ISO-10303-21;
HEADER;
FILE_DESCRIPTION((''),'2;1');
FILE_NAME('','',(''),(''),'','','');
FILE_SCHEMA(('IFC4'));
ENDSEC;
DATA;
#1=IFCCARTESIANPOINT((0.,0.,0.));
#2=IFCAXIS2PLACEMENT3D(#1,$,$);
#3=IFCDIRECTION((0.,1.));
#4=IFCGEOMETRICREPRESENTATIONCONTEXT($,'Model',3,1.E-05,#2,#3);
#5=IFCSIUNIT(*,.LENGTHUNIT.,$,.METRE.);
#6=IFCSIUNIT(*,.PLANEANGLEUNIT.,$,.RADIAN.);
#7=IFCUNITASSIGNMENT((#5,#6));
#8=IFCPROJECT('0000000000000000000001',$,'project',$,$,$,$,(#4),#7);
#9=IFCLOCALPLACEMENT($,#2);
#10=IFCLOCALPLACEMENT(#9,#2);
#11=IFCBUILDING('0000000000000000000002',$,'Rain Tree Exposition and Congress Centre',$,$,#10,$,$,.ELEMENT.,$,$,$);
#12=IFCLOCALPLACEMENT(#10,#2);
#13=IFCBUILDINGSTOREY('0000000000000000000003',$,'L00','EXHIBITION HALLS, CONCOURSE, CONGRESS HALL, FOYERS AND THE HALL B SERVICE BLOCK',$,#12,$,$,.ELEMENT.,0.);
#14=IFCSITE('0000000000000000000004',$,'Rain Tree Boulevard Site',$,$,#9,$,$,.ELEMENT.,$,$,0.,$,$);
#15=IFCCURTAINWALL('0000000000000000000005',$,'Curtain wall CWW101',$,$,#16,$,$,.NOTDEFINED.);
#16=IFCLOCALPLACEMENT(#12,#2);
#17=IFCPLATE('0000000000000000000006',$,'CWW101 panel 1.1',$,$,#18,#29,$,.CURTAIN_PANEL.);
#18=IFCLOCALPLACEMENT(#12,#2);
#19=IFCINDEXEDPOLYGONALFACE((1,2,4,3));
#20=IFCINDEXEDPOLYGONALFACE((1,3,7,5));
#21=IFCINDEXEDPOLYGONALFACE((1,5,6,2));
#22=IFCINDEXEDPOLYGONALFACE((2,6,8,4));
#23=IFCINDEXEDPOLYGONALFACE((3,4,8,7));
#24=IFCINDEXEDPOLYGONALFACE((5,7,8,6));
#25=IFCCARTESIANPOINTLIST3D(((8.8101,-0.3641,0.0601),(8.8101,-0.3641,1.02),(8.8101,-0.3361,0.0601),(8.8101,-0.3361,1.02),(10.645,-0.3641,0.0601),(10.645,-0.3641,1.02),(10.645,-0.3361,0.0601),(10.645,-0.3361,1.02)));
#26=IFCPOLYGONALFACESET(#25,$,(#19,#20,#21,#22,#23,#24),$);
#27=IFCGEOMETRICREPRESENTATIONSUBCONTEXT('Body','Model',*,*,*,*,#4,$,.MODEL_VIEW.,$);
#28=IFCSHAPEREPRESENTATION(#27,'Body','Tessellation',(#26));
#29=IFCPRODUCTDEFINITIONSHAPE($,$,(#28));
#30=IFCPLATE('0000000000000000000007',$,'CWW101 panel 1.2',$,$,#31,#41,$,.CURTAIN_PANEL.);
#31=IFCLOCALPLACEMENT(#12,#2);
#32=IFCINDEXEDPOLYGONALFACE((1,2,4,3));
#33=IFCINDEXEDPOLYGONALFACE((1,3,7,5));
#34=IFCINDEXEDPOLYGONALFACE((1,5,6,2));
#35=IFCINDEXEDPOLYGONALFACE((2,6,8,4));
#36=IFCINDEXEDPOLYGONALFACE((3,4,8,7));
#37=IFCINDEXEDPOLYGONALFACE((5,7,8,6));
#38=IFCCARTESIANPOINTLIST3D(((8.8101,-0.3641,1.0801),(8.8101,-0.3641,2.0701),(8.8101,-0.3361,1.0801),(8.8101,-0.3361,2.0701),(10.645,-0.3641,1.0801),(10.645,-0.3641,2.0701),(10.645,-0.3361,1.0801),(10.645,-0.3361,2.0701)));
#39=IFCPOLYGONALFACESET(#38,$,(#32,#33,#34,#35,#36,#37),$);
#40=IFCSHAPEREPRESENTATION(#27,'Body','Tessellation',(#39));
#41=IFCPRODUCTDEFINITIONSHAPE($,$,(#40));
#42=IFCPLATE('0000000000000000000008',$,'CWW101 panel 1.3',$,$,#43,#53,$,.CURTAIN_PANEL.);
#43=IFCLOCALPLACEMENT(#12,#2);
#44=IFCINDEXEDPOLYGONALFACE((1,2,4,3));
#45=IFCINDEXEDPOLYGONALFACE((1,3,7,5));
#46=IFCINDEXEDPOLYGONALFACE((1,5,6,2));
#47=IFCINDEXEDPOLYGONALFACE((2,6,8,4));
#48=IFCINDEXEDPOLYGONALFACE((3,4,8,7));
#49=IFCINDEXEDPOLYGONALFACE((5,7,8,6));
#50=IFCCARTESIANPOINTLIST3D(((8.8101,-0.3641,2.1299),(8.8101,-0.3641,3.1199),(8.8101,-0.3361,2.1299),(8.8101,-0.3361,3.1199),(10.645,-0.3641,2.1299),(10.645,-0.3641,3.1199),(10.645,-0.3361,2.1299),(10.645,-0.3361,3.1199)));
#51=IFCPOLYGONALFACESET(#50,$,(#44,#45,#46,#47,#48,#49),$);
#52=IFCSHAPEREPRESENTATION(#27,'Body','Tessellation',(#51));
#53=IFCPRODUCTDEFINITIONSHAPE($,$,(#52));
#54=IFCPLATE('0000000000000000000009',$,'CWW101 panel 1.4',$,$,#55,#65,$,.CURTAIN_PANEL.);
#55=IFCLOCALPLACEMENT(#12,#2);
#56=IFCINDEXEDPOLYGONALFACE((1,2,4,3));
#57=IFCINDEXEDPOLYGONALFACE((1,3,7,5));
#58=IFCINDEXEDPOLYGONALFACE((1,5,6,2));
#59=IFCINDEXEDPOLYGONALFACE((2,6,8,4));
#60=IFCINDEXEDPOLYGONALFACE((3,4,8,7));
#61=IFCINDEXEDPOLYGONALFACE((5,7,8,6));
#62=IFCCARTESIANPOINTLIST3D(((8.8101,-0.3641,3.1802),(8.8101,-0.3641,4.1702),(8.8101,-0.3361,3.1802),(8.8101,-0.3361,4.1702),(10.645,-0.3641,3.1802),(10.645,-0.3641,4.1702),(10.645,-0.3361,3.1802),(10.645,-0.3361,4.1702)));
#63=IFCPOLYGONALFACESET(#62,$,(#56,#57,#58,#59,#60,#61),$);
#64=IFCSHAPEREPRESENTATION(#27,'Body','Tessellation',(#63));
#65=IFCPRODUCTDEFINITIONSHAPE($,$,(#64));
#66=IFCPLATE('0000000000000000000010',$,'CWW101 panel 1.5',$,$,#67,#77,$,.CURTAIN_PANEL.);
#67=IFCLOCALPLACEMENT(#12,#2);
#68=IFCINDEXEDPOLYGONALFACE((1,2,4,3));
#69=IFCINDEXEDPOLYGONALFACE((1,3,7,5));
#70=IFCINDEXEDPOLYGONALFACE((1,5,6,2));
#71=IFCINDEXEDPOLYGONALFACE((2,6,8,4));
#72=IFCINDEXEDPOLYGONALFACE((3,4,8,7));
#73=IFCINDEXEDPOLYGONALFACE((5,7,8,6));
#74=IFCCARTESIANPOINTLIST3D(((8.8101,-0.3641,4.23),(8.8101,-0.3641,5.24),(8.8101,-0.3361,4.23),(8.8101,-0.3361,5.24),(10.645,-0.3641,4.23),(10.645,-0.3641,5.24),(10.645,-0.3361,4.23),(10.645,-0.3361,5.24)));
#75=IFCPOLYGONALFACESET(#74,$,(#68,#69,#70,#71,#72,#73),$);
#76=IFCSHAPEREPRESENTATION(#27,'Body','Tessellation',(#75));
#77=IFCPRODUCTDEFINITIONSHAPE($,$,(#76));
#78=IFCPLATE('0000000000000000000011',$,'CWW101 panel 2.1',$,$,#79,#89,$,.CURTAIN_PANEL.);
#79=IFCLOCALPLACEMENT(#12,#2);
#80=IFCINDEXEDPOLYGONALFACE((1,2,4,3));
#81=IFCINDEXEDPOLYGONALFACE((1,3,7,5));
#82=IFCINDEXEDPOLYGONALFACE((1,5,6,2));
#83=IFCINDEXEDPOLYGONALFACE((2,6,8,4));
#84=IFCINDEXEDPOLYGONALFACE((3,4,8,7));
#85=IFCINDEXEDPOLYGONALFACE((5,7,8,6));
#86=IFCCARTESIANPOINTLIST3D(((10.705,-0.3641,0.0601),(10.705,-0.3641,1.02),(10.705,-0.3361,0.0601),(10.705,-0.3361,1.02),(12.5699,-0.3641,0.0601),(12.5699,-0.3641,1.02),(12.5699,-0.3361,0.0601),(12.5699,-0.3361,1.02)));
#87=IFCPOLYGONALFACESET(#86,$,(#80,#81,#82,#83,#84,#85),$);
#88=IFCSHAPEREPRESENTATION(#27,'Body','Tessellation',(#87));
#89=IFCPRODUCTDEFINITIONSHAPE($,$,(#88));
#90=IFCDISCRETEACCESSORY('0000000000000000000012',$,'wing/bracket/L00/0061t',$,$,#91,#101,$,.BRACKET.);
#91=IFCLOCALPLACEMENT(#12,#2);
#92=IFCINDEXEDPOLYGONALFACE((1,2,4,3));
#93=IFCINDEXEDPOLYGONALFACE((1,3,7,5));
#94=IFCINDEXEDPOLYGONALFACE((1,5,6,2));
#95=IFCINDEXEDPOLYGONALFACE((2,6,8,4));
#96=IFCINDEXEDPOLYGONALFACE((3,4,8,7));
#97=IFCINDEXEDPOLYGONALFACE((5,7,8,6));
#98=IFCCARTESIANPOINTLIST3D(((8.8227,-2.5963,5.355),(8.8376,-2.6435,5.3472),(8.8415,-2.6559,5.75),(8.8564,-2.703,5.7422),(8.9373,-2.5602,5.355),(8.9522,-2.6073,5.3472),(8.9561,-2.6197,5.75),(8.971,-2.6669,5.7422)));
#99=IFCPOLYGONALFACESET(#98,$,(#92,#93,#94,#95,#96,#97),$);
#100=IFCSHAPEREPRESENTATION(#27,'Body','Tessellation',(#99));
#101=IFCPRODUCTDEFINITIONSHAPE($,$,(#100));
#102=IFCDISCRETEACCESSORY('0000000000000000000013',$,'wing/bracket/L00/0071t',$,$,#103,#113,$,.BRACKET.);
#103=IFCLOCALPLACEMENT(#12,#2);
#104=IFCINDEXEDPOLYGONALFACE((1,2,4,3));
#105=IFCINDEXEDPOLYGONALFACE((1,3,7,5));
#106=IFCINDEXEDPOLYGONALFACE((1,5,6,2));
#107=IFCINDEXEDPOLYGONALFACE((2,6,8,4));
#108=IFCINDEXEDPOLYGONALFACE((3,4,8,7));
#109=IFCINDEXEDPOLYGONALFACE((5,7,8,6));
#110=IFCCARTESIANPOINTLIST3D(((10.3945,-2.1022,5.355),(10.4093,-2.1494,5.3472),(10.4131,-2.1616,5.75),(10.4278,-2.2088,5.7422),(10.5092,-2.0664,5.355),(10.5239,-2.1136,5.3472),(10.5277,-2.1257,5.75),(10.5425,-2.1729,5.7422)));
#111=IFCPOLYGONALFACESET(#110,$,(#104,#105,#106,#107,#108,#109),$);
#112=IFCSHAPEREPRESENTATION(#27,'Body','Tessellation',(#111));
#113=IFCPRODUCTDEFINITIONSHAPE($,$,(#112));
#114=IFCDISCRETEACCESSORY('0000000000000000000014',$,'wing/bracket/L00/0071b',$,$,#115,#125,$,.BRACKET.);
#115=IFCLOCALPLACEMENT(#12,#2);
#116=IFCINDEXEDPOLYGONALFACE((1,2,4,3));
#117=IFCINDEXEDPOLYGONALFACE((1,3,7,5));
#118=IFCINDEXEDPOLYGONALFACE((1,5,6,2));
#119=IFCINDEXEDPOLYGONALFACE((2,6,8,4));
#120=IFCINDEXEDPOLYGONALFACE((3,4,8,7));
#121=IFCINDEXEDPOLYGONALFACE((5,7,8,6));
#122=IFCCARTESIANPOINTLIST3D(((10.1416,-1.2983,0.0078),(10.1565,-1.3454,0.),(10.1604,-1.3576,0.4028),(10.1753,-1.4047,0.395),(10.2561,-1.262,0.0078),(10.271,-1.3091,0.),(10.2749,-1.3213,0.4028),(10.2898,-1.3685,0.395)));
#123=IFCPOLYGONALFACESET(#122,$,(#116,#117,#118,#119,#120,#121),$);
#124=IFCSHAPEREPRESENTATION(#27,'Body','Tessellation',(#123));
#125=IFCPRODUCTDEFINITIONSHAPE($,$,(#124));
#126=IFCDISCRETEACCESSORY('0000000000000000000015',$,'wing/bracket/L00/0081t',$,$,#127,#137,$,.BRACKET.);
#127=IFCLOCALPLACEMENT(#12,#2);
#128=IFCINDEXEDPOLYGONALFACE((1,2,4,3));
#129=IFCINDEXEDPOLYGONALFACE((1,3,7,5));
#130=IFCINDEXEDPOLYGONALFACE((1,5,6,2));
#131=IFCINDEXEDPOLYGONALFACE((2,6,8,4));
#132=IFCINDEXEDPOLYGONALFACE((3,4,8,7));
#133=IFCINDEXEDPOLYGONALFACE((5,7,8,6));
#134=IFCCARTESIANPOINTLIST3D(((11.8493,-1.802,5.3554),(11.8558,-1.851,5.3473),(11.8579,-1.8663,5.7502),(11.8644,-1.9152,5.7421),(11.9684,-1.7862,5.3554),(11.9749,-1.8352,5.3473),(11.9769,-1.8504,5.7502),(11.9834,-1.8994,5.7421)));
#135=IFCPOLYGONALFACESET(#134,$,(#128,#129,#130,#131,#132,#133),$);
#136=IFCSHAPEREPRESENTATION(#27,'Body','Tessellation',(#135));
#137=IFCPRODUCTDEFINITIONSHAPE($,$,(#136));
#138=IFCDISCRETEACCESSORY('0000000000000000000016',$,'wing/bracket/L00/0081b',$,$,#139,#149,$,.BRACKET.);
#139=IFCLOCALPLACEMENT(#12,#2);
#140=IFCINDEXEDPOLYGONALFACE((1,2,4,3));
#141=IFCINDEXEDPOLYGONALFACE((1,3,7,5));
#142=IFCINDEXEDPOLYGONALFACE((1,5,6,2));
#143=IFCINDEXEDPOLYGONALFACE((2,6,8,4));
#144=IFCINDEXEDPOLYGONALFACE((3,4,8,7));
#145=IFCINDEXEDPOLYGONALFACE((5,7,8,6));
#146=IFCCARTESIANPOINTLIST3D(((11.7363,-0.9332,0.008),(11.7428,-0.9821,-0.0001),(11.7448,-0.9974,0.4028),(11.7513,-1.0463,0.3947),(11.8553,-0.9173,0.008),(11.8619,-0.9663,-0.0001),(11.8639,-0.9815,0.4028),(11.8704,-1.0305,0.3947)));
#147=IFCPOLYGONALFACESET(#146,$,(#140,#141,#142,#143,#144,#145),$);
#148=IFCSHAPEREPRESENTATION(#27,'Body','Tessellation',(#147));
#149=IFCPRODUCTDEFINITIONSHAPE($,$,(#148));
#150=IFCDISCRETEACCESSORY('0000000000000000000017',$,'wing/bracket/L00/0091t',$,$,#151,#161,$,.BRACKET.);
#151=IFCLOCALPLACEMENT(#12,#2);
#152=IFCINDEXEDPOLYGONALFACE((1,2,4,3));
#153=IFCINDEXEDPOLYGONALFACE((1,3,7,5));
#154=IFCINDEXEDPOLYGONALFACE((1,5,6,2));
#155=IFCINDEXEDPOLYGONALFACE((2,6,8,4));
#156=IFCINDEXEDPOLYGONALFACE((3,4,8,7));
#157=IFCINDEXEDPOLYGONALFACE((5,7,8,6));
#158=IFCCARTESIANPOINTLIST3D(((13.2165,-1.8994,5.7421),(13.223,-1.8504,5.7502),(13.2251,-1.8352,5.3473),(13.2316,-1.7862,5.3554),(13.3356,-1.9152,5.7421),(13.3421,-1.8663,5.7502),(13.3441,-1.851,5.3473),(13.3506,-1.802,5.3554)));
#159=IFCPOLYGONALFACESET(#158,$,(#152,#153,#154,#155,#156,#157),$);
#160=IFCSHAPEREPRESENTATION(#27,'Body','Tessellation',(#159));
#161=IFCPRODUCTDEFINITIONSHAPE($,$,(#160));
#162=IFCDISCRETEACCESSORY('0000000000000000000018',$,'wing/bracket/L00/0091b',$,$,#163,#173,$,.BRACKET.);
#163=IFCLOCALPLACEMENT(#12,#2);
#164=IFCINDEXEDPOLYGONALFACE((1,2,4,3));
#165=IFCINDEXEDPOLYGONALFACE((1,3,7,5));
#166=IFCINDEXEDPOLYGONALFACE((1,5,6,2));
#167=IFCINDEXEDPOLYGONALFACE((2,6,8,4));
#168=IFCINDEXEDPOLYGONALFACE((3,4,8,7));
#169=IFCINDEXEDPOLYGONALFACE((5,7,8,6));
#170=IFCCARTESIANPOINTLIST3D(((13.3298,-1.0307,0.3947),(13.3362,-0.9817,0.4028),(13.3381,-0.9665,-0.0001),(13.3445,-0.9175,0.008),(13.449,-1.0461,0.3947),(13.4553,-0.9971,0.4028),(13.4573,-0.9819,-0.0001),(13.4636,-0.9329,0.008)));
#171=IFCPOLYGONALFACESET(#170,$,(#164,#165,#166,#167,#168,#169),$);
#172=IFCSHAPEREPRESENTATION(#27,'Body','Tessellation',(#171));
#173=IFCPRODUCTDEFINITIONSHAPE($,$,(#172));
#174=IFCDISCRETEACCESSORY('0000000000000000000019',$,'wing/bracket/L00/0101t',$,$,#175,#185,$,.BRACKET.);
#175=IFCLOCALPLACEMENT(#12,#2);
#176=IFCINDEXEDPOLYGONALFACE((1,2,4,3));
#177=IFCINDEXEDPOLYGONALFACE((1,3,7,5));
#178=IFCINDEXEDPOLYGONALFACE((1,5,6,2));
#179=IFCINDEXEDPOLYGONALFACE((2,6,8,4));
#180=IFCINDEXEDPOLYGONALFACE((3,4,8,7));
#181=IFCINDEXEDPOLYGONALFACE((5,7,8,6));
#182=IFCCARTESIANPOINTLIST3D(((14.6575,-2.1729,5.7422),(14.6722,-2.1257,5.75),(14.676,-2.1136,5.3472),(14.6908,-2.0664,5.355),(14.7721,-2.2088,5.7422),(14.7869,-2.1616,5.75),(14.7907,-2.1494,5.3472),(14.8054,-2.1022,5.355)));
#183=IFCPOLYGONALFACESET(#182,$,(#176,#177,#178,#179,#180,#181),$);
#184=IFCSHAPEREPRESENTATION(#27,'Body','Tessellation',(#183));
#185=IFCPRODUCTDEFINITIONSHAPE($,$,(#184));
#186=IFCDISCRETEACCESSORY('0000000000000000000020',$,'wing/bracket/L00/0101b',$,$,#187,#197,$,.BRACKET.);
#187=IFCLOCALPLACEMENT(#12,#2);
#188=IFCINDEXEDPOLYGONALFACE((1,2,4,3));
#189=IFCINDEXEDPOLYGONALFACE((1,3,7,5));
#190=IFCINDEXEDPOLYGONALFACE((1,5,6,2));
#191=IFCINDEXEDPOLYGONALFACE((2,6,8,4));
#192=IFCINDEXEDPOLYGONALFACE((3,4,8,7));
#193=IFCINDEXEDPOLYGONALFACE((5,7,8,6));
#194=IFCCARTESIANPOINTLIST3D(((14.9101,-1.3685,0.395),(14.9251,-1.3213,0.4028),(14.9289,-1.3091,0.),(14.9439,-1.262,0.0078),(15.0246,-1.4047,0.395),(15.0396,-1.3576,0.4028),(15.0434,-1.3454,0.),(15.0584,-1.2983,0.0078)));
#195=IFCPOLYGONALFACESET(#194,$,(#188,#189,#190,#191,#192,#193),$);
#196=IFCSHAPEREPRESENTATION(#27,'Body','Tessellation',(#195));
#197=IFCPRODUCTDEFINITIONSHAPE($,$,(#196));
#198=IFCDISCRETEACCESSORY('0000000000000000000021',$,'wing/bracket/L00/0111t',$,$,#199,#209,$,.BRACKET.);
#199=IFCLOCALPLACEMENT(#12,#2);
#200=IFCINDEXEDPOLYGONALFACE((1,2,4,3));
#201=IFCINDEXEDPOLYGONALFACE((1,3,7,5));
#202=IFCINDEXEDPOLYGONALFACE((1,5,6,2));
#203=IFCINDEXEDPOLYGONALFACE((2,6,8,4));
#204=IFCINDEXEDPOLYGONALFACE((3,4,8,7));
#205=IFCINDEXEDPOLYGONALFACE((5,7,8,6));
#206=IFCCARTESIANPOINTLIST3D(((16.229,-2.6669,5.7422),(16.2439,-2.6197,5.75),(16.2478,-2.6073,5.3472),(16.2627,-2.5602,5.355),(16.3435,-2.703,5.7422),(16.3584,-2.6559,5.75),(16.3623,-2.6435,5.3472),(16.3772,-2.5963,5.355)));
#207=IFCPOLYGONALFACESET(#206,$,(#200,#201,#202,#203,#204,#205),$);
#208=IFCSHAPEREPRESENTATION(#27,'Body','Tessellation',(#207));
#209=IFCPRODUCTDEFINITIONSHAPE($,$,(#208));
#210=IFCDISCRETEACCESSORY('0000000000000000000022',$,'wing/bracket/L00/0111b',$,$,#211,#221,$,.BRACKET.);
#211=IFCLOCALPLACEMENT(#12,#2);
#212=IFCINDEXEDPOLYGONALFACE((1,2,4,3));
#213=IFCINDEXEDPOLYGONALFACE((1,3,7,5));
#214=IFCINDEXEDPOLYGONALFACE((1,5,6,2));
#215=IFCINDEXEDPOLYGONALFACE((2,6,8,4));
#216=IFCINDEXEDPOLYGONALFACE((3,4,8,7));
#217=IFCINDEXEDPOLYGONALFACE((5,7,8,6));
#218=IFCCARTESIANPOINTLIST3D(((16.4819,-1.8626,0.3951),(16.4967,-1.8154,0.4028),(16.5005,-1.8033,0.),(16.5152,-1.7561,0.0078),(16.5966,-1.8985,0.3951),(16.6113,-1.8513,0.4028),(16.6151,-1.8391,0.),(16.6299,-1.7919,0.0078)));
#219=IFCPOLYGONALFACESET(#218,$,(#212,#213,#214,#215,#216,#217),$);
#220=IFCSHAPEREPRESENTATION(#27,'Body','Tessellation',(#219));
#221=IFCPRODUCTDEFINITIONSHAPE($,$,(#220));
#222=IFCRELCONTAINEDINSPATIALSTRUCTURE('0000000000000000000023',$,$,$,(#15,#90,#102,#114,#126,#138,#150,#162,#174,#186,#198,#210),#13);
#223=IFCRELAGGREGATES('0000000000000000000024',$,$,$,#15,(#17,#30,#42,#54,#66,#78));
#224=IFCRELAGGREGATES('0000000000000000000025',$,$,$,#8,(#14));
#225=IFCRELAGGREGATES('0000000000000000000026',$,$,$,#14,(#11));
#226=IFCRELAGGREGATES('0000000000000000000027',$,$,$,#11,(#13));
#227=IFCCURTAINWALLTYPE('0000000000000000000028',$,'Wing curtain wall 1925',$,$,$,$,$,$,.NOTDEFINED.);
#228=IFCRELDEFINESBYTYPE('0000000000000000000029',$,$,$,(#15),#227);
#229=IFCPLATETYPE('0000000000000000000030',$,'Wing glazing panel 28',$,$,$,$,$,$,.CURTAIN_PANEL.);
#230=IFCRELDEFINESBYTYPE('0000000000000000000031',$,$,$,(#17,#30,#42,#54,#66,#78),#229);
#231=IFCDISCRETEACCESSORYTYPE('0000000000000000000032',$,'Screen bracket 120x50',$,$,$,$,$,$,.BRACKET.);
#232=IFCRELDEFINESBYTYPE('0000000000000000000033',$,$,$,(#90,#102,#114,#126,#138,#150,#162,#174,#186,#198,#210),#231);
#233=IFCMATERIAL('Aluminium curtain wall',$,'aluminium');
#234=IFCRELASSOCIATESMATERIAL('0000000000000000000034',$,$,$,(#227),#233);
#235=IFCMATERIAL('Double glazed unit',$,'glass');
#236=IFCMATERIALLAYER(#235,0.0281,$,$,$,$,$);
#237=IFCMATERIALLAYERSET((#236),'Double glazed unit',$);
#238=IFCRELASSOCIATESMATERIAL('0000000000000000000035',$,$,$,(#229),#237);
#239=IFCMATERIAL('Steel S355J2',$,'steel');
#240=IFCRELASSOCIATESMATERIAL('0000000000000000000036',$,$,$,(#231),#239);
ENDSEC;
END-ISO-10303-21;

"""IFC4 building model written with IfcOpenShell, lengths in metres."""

from ifc_helpers import new_model, si_unit, direction, frame, origin, origin_2d, place, context, subcontext, project, spatial, rectangle, extrude, material, layer, layer_set, material_profile, profile_set, type_object, element, aggregate, save


model = new_model("IFC4")

# Units and contexts
model_context = context("Model", 3, precision=1e-05, world=origin(), true_north=direction((0.0, 1.0)))
body_context = subcontext(model_context, "Body", "Model", "MODEL_VIEW")
ifc_project = project(units=[si_unit("LENGTHUNIT", "METRE"), si_unit("PLANEANGLEUNIT", "RADIAN")], contexts=[model_context])

# Site, building, storey
site_placement = place(None, origin())
site = spatial("IfcSite", under=ifc_project, at=site_placement, Name="Rain Tree Boulevard Site", CompositionType="ELEMENT", RefElevation=0.0)
building_placement = place(site_placement, origin())
building = spatial("IfcBuilding", under=site, at=building_placement, Name="Rain Tree Exposition and Congress Centre", CompositionType="ELEMENT")
storey_placement = place(building_placement, origin())
storey = spatial("IfcBuildingStorey", under=building, at=storey_placement, Name="L00", Description="EXHIBITION HALLS, CONCOURSE, CONGRESS HALL, FOYERS AND THE HALL B SERVICE BLOCK", CompositionType="ELEMENT", Elevation=0.0)

# Curtain wall, plates
ifc_material_1 = material(Name="Aluminium curtain wall", Category="aluminium")
curtain_wall_type = type_object("IfcCurtainWallType", Name="Wing curtain wall 1925", PredefinedType="NOTDEFINED", material=ifc_material_1)
curtain_wall_placement = place(storey_placement, origin())
curtain_wall = element("IfcCurtainWall", 1, at=curtain_wall_placement, inside=storey, type_object=curtain_wall_type, Name="Curtain wall CWW101", PredefinedType="NOTDEFINED")
ifc_material_2 = material(Name="Double glazed unit", Category="glass")
ifc_layer_1 = layer(ifc_material_2, 0.0281)
ifc_layer_set_1 = layer_set([ifc_layer_1], Name="Double glazed unit")
plate_type = type_object("IfcPlateType", Name="Wing glazing panel 28", PredefinedType="CURTAIN_PANEL", material=ifc_layer_set_1)
plate_1_placement = place(storey_placement, frame((9.7275, -0.3501, 0.0601), z_axis=(0.0, 0.0, 1.0), x_axis=(1.0, 0.0, 0.0)))
plate_1 = element("IfcPlate", 2, at=plate_1_placement, type_object=plate_type, Name="CWW101 panel 1.1", PredefinedType="CURTAIN_PANEL", context=body_context, shape_type="SweptSolid", body=[
    extrude(rectangle(XDim=1.835, YDim=0.0281, at=origin_2d()), origin(), (0.0, 0.0, 1.0), 0.96),
])
plate_2_placement = place(storey_placement, frame((9.7275, -0.3501, 1.0801), z_axis=(0.0, 0.0, 1.0), x_axis=(1.0, 0.0, 0.0)))
plate_2 = element("IfcPlate", 3, at=plate_2_placement, type_object=plate_type, Name="CWW101 panel 1.2", PredefinedType="CURTAIN_PANEL", context=body_context, shape_type="SweptSolid", body=[
    extrude(rectangle(XDim=1.835, YDim=0.0281, at=origin_2d()), origin(), (0.0, 0.0, 1.0), 0.99),
])
plate_3_placement = place(storey_placement, frame((9.7275, -0.3501, 2.1299), z_axis=(0.0, 0.0, 1.0), x_axis=(1.0, 0.0, 0.0)))
plate_3 = element("IfcPlate", 4, at=plate_3_placement, type_object=plate_type, Name="CWW101 panel 1.3", PredefinedType="CURTAIN_PANEL", context=body_context, shape_type="SweptSolid", body=[
    extrude(rectangle(XDim=1.835, YDim=0.0281, at=origin_2d()), origin(), (0.0, 0.0, 1.0), 0.99),
])
plate_4_placement = place(storey_placement, frame((9.7275, -0.3501, 3.1802), z_axis=(0.0, 0.0, 1.0), x_axis=(1.0, 0.0, 0.0)))
plate_4 = element("IfcPlate", 5, at=plate_4_placement, type_object=plate_type, Name="CWW101 panel 1.4", PredefinedType="CURTAIN_PANEL", context=body_context, shape_type="SweptSolid", body=[
    extrude(rectangle(XDim=1.835, YDim=0.0281, at=origin_2d()), origin(), (0.0, 0.0, 1.0), 0.99),
])
plate_5_placement = place(storey_placement, frame((9.7275, -0.3501, 4.23), z_axis=(0.0, 0.0, 1.0), x_axis=(1.0, 0.0, 0.0)))
plate_5 = element("IfcPlate", 6, at=plate_5_placement, type_object=plate_type, Name="CWW101 panel 1.5", PredefinedType="CURTAIN_PANEL", context=body_context, shape_type="SweptSolid", body=[
    extrude(rectangle(XDim=1.835, YDim=0.0281, at=origin_2d()), origin(), (0.0, 0.0, 1.0), 1.01),
])
plate_6_placement = place(storey_placement, frame((11.6375, -0.3501, 0.0601), z_axis=(0.0, 0.0, 1.0), x_axis=(1.0, 0.0, 0.0)))
plate_6 = element("IfcPlate", 7, at=plate_6_placement, type_object=plate_type, Name="CWW101 panel 2.1", PredefinedType="CURTAIN_PANEL", context=body_context, shape_type="SweptSolid", body=[
    extrude(rectangle(XDim=1.865, YDim=0.0281, at=origin_2d()), origin(), (0.0, 0.0, 1.0), 0.96),
])
aggregate(curtain_wall, [plate_1, plate_2, plate_3, plate_4, plate_5, plate_6])

# Discrete accessories
ifc_material_3 = material(Name="Steel S355J2", Category="steel")
ifc_material_profile_1 = material_profile(ifc_material_3, rectangle(XDim=0.1201, YDim=0.05, at=origin_2d()), Name="Flat bar 120x50")
ifc_profile_set_1 = profile_set([ifc_material_profile_1], Name="Steel S355J2")
discrete_accessory_type = type_object("IfcDiscreteAccessoryType", Name="Screen bracket 120x50", PredefinedType="BRACKET", material=ifc_profile_set_1)
for number, where, z_axis, x_axis, name in (
    (8, (8.8875, -2.6018, 5.3511), (0.047006, -0.148953, 0.987726), (0.953642, 0.300944, 0.0), "wing/bracket/L00/0061t"),
    (9, (10.4592, -2.1079, 5.3511), (0.046401, -0.14836, 0.987844), (0.95441, 0.298499, 0.0), "wing/bracket/L00/0071t"),
    (10, (10.2063, -1.3037, 0.0039), (0.04701, -0.148356, 0.987816), (0.953286, 0.30207, 0.0), "wing/bracket/L00/0071b"),
):
    element("IfcDiscreteAccessory", number, at=place(storey_placement, frame(where, z_axis=z_axis, x_axis=x_axis)), inside=storey, type_object=discrete_accessory_type, Name=name, PredefinedType="BRACKET", context=body_context, shape_type="SweptSolid", body=[
        extrude(rectangle(XDim=0.1201, YDim=0.05, at=origin_2d()), origin(), (0.0, 0.0, 1.0), 0.3999),
    ])
for number, where, z_axis, x_axis, name in (
    (11, (11.9121, -1.8186, 5.3513), (0.021359, -0.160501, 0.986805), (0.991261, 0.131917, 0.0), "wing/bracket/L00/0081t"),
    (12, (11.7991, -0.9497, 0.0039), (0.021359, -0.160501, 0.986805), (0.991261, 0.131917, 0.0), "wing/bracket/L00/0081b"),
    (13, (13.2878, -1.8186, 5.3513), (-0.021359, -0.160501, 0.986805), (0.991261, -0.131917, 0.0), "wing/bracket/L00/0091t"),
    (14, (13.4009, -0.9497, 0.0039), (-0.020749, -0.160503, 0.986817), (0.991747, -0.128211, 0.0), "wing/bracket/L00/0091b"),
):
    element("IfcDiscreteAccessory", number, at=place(storey_placement, frame(where, z_axis=z_axis, x_axis=x_axis)), inside=storey, type_object=discrete_accessory_type, Name=name, PredefinedType="BRACKET", context=body_context, shape_type="SweptSolid", body=[
        extrude(rectangle(XDim=0.1201, YDim=0.05, at=origin_2d()), origin(), (0.0, 0.0, 1.0), 0.4001),
    ])
for number, where, z_axis, x_axis, name in (
    (15, (14.7407, -2.1079, 5.3511), (-0.046401, -0.14836, 0.987844), (0.95441, -0.298499, 0.0), "wing/bracket/L00/0101t"),
    (16, (14.9937, -1.3037, 0.0039), (-0.04701, -0.148356, 0.987816), (0.953286, -0.30207, 0.0), "wing/bracket/L00/0101b"),
    (17, (16.3125, -2.6018, 5.3511), (-0.047006, -0.148953, 0.987726), (0.953642, -0.300944, 0.0), "wing/bracket/L00/0111t"),
    (18, (16.5652, -1.7976, 0.0039), (-0.046401, -0.14836, 0.987844), (0.95441, -0.298499, 0.0), "wing/bracket/L00/0111b"),
):
    element("IfcDiscreteAccessory", number, at=place(storey_placement, frame(where, z_axis=z_axis, x_axis=x_axis)), inside=storey, type_object=discrete_accessory_type, Name=name, PredefinedType="BRACKET", context=body_context, shape_type="SweptSolid", body=[
        extrude(rectangle(XDim=0.1201, YDim=0.05, at=origin_2d()), origin(), (0.0, 0.0, 1.0), 0.3999),
    ])

save(model, "model.ifc")
